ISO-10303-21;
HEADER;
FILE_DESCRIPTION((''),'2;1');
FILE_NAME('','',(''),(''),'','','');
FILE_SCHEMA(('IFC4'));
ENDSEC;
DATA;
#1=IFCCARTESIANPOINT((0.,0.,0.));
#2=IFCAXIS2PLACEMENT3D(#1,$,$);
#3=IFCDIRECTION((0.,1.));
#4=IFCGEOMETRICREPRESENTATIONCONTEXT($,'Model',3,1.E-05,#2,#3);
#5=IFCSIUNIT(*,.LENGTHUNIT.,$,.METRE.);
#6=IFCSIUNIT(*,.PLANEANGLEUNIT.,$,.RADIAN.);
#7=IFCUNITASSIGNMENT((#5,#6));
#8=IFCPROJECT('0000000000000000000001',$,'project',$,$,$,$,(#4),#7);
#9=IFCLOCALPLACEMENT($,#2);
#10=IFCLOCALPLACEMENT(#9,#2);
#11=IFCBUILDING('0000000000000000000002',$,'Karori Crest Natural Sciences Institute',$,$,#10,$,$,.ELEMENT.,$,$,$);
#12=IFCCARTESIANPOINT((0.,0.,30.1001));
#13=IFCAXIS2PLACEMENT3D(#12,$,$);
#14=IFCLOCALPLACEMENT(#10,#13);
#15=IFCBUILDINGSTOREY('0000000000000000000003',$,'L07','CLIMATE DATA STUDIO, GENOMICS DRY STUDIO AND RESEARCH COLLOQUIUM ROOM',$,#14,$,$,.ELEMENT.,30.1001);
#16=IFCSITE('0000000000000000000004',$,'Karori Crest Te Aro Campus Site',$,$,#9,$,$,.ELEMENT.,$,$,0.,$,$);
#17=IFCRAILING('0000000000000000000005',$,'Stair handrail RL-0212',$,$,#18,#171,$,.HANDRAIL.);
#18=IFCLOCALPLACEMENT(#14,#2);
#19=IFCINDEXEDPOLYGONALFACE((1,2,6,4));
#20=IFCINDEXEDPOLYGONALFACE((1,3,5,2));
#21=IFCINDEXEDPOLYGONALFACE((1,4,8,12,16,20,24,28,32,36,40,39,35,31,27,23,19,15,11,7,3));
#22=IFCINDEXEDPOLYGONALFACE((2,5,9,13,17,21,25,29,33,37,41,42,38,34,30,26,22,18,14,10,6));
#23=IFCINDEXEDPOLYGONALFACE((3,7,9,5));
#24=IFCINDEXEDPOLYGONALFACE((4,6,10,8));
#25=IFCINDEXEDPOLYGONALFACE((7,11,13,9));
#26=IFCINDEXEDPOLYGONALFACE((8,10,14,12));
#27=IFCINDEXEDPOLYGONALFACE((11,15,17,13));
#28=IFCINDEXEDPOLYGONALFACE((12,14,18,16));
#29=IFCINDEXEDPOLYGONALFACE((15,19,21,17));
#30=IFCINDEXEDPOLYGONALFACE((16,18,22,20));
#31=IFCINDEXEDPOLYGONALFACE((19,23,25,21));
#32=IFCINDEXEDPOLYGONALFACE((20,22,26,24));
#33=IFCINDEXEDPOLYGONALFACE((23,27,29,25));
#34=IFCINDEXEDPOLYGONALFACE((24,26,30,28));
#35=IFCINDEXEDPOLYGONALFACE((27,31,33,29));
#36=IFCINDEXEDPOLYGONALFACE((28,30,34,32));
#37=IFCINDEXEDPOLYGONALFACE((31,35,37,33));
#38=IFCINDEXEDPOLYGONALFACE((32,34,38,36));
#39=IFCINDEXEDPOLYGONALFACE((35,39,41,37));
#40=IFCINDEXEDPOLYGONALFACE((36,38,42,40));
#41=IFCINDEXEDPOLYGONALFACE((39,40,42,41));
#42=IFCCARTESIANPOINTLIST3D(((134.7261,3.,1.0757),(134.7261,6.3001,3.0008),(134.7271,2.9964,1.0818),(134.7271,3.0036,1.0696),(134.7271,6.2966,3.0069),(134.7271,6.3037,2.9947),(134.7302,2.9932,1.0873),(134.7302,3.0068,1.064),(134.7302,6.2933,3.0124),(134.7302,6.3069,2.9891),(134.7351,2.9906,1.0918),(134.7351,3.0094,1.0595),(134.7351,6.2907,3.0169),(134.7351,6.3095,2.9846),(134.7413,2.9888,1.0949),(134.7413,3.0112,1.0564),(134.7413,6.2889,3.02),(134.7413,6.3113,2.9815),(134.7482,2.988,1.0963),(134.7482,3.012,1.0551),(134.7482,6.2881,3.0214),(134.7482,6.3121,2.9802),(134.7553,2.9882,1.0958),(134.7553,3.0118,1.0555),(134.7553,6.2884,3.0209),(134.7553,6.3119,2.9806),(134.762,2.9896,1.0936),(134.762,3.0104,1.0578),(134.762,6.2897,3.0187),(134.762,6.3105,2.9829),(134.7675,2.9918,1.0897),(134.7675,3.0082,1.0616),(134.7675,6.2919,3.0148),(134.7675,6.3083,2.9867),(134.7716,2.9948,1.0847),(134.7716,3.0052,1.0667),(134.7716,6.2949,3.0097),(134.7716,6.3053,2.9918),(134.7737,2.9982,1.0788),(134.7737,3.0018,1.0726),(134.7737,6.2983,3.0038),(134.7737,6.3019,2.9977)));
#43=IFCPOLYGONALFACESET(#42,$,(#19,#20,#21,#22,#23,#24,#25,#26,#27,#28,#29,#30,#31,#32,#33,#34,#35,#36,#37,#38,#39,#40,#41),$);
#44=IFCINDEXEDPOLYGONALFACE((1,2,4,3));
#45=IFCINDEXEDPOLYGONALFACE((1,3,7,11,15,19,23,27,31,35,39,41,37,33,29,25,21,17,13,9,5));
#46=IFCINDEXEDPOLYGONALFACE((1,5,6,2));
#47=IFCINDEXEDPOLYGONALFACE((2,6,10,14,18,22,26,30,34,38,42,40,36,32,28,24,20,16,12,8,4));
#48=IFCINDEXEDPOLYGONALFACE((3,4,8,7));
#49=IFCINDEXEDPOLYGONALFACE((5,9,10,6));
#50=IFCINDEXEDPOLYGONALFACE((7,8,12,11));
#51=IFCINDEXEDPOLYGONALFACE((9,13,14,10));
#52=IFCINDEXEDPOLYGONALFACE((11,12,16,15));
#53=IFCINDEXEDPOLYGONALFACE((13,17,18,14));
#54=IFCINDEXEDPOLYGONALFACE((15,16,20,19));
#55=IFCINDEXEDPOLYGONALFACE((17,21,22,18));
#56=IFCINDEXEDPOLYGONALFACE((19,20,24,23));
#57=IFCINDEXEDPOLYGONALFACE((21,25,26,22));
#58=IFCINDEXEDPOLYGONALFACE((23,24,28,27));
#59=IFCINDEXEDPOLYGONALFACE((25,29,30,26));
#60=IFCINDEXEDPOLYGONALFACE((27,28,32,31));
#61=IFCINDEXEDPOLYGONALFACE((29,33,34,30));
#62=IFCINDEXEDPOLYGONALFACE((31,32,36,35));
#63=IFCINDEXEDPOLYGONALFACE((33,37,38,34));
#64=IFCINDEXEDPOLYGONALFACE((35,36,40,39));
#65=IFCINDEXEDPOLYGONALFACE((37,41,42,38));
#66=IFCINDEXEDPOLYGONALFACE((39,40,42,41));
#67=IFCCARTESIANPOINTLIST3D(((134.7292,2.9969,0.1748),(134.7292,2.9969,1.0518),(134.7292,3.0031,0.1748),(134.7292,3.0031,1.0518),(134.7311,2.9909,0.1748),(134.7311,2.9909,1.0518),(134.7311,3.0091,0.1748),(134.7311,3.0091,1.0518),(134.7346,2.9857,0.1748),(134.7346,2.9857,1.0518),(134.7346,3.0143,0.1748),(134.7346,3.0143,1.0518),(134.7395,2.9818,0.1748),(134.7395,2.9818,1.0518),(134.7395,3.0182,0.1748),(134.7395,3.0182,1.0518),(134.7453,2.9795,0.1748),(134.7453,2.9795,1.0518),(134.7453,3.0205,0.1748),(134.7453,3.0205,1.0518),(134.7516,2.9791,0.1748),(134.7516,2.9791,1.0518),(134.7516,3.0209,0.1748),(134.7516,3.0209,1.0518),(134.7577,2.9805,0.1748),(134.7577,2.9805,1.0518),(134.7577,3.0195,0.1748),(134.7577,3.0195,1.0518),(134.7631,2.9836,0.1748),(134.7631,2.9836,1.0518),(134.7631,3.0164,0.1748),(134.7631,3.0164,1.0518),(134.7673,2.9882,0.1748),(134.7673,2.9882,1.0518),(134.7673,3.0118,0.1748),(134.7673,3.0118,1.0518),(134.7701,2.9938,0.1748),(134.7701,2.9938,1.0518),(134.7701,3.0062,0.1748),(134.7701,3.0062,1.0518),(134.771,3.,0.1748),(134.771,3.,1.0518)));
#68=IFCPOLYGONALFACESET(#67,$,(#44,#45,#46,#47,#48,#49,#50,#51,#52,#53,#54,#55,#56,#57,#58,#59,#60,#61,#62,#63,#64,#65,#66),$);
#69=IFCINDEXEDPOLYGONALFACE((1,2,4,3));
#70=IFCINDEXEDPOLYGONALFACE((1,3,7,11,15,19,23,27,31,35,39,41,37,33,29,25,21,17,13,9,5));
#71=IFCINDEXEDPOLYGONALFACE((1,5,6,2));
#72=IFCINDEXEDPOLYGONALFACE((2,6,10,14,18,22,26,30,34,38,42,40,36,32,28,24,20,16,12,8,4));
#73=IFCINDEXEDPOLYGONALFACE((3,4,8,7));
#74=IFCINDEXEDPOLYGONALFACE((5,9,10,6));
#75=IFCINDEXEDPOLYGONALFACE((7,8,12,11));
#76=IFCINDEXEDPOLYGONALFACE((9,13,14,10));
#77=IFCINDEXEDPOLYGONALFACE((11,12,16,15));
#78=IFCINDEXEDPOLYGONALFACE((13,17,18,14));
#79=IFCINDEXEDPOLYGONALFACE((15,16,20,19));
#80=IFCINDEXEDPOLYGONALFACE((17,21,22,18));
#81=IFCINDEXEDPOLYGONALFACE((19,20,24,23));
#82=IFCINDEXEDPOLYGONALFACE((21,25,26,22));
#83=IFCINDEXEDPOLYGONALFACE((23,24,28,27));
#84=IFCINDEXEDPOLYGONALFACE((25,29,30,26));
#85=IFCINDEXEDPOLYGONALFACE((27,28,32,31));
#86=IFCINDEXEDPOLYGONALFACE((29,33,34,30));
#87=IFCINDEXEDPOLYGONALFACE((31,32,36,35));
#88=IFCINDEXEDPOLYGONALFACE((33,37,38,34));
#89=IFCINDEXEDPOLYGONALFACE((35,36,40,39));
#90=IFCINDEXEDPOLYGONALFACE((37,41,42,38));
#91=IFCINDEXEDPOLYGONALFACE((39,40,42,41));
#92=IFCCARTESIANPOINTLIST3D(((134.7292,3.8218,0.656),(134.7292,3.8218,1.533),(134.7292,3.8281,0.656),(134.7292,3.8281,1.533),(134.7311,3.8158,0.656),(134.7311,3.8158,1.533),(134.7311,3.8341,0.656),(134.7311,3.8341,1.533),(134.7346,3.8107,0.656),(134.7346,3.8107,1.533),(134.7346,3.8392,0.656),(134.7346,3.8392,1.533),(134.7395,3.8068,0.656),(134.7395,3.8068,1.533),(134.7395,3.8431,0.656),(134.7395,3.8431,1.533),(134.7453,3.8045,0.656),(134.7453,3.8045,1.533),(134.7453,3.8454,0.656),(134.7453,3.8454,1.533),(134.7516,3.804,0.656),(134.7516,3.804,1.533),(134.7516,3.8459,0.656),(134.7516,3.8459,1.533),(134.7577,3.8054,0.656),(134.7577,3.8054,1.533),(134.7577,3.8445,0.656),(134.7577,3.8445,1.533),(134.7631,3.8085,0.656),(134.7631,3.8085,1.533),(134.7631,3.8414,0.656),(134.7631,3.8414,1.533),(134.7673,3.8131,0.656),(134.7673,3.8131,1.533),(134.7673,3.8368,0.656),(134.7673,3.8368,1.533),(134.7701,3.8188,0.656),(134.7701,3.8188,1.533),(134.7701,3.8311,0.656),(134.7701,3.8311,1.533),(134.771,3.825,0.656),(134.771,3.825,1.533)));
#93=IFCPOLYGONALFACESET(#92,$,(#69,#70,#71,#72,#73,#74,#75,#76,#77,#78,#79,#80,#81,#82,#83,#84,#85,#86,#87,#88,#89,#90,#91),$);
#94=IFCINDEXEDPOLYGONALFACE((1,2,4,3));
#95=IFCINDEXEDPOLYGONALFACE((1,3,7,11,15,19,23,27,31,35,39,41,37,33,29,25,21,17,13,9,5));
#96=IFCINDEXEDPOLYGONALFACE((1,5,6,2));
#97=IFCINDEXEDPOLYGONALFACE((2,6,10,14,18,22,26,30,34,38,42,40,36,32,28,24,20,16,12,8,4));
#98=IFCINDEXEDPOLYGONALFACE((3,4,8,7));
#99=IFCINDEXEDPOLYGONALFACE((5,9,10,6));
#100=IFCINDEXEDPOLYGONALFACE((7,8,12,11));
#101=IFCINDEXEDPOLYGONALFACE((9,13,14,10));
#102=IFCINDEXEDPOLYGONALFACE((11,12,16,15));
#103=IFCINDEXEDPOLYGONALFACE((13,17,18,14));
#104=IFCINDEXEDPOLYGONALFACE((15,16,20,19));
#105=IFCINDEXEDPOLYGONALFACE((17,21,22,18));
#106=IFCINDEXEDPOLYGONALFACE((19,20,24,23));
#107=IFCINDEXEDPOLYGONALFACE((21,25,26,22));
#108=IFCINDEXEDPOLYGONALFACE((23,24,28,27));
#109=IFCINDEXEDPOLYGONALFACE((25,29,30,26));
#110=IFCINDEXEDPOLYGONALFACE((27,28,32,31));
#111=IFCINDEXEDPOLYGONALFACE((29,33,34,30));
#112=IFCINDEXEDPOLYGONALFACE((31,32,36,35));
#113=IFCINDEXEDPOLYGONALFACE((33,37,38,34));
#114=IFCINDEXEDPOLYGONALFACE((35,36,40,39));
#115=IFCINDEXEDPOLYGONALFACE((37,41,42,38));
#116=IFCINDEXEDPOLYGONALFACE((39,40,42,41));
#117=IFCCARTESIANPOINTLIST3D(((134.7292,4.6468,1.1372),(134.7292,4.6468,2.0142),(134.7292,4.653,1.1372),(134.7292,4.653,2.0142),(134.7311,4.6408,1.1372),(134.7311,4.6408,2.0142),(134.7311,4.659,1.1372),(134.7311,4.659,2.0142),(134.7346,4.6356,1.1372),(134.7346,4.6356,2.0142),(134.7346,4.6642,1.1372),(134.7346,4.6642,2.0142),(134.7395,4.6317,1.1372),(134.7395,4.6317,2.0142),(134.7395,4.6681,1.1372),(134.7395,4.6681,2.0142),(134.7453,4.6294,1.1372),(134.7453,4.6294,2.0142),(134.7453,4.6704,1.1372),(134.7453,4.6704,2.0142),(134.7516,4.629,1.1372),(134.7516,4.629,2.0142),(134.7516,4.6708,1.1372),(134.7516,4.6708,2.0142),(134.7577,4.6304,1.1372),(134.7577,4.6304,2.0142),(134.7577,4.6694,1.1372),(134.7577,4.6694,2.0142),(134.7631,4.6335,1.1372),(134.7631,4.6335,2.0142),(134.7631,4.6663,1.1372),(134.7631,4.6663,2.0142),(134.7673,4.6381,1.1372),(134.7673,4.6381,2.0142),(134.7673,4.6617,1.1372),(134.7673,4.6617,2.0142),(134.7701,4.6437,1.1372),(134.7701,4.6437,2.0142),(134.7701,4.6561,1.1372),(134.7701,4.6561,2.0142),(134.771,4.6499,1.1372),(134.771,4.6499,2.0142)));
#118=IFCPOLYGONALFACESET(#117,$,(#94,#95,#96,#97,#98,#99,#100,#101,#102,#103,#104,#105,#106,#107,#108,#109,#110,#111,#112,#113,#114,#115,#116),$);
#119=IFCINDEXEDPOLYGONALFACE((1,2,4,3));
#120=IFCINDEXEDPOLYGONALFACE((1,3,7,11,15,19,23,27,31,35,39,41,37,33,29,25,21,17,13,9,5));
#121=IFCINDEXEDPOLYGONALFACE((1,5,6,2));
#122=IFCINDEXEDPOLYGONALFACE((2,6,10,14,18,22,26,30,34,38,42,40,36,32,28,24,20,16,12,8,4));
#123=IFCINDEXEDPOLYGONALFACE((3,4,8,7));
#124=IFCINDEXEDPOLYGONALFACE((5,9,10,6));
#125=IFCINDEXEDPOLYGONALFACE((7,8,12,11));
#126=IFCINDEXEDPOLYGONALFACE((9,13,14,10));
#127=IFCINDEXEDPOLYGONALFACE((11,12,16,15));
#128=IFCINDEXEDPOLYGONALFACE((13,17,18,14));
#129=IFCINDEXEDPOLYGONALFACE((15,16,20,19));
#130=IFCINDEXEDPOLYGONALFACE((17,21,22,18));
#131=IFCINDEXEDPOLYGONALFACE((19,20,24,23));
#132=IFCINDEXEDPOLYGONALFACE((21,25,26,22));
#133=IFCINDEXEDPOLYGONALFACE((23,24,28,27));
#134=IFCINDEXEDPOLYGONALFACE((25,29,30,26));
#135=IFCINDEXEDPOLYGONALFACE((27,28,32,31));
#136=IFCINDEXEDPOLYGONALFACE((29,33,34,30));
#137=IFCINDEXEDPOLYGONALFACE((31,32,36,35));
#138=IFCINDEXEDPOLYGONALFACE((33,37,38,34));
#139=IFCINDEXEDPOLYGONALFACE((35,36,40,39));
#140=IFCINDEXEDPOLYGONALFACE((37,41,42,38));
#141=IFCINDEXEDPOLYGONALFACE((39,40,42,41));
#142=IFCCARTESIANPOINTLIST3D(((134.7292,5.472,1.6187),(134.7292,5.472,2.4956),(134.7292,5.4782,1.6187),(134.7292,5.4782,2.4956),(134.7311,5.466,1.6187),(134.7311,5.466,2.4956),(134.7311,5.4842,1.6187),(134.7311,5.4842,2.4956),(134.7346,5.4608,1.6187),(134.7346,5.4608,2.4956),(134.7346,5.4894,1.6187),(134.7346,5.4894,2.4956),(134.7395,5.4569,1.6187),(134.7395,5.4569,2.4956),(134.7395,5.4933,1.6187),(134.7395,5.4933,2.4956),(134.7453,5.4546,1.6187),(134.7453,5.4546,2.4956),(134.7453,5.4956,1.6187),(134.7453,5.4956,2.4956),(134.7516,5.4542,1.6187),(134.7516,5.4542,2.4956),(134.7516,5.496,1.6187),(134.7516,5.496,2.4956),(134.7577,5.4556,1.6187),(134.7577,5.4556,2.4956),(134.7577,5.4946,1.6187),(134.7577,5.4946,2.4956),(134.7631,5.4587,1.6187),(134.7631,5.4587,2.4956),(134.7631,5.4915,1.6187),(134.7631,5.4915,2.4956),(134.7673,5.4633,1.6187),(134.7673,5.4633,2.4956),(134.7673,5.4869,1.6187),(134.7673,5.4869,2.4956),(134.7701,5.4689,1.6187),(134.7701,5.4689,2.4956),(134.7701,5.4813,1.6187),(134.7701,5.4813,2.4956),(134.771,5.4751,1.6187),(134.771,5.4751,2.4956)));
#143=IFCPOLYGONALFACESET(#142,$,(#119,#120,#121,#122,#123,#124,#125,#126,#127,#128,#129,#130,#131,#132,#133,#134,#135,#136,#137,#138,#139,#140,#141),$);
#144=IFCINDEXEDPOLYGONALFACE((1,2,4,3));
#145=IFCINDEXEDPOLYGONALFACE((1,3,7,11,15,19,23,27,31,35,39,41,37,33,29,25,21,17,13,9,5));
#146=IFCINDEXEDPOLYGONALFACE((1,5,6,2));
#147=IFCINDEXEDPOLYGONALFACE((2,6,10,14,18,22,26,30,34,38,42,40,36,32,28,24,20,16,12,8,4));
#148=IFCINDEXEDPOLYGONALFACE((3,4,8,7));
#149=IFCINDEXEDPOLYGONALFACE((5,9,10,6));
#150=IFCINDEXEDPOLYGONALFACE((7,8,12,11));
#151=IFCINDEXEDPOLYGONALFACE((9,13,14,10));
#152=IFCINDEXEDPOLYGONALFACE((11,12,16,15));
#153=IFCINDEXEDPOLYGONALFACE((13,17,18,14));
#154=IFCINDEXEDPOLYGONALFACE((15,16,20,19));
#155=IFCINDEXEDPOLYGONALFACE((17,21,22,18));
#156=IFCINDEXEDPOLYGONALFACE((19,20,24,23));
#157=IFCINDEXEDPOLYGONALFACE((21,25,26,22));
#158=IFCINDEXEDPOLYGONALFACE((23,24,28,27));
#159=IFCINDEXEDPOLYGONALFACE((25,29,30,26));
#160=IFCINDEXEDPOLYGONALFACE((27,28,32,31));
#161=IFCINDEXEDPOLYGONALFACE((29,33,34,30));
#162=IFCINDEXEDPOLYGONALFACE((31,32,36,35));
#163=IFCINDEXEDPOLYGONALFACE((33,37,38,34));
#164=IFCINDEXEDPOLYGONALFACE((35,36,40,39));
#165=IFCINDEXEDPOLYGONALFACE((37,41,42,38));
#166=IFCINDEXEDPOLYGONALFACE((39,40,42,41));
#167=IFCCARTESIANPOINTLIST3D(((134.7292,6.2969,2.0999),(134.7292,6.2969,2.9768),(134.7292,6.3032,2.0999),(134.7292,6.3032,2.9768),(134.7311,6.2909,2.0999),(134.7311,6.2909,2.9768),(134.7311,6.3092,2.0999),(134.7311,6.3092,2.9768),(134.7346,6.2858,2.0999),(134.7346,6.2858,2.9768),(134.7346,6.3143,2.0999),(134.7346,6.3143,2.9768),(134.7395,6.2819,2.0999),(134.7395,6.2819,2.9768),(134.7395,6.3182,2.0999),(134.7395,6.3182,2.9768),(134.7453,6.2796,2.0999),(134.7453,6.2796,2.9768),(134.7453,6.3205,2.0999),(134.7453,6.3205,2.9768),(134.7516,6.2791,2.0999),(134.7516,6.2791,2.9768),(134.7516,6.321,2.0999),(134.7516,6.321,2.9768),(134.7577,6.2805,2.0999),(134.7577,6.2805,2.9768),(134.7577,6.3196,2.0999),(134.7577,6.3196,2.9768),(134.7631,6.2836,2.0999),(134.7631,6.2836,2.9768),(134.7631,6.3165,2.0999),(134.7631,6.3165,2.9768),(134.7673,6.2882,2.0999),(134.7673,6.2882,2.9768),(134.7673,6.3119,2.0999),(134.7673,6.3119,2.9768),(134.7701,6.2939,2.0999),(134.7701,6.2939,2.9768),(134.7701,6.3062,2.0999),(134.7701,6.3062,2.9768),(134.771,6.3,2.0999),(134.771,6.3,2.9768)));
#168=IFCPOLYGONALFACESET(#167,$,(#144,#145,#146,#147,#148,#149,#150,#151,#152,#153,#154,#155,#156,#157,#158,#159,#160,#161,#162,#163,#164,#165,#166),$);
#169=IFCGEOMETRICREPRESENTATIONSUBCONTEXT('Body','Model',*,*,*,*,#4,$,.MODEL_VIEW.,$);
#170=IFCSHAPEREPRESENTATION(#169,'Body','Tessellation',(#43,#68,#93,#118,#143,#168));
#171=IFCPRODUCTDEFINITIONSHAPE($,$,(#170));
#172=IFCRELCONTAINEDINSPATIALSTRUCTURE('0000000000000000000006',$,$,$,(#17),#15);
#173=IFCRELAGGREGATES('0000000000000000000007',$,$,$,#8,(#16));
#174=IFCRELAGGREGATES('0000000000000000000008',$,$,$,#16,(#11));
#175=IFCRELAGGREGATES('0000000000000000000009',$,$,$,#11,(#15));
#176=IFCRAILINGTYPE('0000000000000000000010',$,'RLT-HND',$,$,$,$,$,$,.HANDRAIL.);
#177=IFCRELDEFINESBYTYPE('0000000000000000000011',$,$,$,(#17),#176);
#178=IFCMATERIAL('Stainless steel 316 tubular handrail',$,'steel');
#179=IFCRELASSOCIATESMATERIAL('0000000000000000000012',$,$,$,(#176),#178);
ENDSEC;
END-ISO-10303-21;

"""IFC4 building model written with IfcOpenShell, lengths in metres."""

from ifc_helpers import new_model, si_unit, direction, frame, origin, origin_2d, place, context, subcontext, project, spatial, circle, extrude, material, type_object, element, save


model = new_model("IFC4")

# Units and contexts
model_context = context("Model", 3, precision=1e-05, world=origin(), true_north=direction((0.0, 1.0)))
body_context = subcontext(model_context, "Body", "Model", "MODEL_VIEW")
ifc_project = project(units=[si_unit("LENGTHUNIT", "METRE"), si_unit("PLANEANGLEUNIT", "RADIAN")], contexts=[model_context])

# Site, building, storey
site_placement = place(None, origin())
site = spatial("IfcSite", under=ifc_project, at=site_placement, Name="Karori Crest Te Aro Campus Site", CompositionType="ELEMENT", RefElevation=0.0)
building_placement = place(site_placement, origin())
building = spatial("IfcBuilding", under=site, at=building_placement, Name="Karori Crest Natural Sciences Institute", CompositionType="ELEMENT")
storey_placement = place(building_placement, frame((0.0, 0.0, 30.1001)))
storey = spatial("IfcBuildingStorey", under=building, at=storey_placement, Name="L07", Description="CLIMATE DATA STUDIO, GENOMICS DRY STUDIO AND RESEARCH COLLOQUIUM ROOM", CompositionType="ELEMENT", Elevation=30.1001)

# Railing
ifc_material_1 = material(Name="Stainless steel 316 tubular handrail", Category="steel")
railing_type_1 = type_object("IfcRailingType", Name="RLT-HND", PredefinedType="HANDRAIL", material=ifc_material_1)
railing_1_placement = place(storey_placement, frame((134.75, 3.0, 0.1748)))
element("IfcRailing", 1, at=railing_1_placement, inside=storey, type_object=railing_type_1, Name="Stair handrail RL-0212", PredefinedType="HANDRAIL", context=body_context, shape_type="SweptSolid", body=[
    extrude(circle(Radius=0.0239, at=origin_2d()), frame((0.0, 0.0, 0.9009), z_axis=(0.0, 0.863777, 0.503875), x_axis=(-1.0, 0.0, 0.0)), (0.0, 0.0, 1.0), 3.8206),
    extrude(circle(Radius=0.021, at=origin_2d()), origin(), (0.0, 0.0, 1.0), 0.877),
    extrude(circle(Radius=0.021, at=origin_2d()), frame((0.0, 0.825, 0.4812)), (0.0, 0.0, 1.0), 0.877),
    extrude(circle(Radius=0.021, at=origin_2d()), frame((0.0, 1.6499, 0.9624)), (0.0, 0.0, 1.0), 0.877),
    extrude(circle(Radius=0.021, at=origin_2d()), frame((0.0, 2.4751, 1.4438)), (0.0, 0.0, 1.0), 0.877),
    extrude(circle(Radius=0.021, at=origin_2d()), frame((0.0, 3.3, 1.925)), (0.0, 0.0, 1.0), 0.877),
])

save(model, "model.ifc")
